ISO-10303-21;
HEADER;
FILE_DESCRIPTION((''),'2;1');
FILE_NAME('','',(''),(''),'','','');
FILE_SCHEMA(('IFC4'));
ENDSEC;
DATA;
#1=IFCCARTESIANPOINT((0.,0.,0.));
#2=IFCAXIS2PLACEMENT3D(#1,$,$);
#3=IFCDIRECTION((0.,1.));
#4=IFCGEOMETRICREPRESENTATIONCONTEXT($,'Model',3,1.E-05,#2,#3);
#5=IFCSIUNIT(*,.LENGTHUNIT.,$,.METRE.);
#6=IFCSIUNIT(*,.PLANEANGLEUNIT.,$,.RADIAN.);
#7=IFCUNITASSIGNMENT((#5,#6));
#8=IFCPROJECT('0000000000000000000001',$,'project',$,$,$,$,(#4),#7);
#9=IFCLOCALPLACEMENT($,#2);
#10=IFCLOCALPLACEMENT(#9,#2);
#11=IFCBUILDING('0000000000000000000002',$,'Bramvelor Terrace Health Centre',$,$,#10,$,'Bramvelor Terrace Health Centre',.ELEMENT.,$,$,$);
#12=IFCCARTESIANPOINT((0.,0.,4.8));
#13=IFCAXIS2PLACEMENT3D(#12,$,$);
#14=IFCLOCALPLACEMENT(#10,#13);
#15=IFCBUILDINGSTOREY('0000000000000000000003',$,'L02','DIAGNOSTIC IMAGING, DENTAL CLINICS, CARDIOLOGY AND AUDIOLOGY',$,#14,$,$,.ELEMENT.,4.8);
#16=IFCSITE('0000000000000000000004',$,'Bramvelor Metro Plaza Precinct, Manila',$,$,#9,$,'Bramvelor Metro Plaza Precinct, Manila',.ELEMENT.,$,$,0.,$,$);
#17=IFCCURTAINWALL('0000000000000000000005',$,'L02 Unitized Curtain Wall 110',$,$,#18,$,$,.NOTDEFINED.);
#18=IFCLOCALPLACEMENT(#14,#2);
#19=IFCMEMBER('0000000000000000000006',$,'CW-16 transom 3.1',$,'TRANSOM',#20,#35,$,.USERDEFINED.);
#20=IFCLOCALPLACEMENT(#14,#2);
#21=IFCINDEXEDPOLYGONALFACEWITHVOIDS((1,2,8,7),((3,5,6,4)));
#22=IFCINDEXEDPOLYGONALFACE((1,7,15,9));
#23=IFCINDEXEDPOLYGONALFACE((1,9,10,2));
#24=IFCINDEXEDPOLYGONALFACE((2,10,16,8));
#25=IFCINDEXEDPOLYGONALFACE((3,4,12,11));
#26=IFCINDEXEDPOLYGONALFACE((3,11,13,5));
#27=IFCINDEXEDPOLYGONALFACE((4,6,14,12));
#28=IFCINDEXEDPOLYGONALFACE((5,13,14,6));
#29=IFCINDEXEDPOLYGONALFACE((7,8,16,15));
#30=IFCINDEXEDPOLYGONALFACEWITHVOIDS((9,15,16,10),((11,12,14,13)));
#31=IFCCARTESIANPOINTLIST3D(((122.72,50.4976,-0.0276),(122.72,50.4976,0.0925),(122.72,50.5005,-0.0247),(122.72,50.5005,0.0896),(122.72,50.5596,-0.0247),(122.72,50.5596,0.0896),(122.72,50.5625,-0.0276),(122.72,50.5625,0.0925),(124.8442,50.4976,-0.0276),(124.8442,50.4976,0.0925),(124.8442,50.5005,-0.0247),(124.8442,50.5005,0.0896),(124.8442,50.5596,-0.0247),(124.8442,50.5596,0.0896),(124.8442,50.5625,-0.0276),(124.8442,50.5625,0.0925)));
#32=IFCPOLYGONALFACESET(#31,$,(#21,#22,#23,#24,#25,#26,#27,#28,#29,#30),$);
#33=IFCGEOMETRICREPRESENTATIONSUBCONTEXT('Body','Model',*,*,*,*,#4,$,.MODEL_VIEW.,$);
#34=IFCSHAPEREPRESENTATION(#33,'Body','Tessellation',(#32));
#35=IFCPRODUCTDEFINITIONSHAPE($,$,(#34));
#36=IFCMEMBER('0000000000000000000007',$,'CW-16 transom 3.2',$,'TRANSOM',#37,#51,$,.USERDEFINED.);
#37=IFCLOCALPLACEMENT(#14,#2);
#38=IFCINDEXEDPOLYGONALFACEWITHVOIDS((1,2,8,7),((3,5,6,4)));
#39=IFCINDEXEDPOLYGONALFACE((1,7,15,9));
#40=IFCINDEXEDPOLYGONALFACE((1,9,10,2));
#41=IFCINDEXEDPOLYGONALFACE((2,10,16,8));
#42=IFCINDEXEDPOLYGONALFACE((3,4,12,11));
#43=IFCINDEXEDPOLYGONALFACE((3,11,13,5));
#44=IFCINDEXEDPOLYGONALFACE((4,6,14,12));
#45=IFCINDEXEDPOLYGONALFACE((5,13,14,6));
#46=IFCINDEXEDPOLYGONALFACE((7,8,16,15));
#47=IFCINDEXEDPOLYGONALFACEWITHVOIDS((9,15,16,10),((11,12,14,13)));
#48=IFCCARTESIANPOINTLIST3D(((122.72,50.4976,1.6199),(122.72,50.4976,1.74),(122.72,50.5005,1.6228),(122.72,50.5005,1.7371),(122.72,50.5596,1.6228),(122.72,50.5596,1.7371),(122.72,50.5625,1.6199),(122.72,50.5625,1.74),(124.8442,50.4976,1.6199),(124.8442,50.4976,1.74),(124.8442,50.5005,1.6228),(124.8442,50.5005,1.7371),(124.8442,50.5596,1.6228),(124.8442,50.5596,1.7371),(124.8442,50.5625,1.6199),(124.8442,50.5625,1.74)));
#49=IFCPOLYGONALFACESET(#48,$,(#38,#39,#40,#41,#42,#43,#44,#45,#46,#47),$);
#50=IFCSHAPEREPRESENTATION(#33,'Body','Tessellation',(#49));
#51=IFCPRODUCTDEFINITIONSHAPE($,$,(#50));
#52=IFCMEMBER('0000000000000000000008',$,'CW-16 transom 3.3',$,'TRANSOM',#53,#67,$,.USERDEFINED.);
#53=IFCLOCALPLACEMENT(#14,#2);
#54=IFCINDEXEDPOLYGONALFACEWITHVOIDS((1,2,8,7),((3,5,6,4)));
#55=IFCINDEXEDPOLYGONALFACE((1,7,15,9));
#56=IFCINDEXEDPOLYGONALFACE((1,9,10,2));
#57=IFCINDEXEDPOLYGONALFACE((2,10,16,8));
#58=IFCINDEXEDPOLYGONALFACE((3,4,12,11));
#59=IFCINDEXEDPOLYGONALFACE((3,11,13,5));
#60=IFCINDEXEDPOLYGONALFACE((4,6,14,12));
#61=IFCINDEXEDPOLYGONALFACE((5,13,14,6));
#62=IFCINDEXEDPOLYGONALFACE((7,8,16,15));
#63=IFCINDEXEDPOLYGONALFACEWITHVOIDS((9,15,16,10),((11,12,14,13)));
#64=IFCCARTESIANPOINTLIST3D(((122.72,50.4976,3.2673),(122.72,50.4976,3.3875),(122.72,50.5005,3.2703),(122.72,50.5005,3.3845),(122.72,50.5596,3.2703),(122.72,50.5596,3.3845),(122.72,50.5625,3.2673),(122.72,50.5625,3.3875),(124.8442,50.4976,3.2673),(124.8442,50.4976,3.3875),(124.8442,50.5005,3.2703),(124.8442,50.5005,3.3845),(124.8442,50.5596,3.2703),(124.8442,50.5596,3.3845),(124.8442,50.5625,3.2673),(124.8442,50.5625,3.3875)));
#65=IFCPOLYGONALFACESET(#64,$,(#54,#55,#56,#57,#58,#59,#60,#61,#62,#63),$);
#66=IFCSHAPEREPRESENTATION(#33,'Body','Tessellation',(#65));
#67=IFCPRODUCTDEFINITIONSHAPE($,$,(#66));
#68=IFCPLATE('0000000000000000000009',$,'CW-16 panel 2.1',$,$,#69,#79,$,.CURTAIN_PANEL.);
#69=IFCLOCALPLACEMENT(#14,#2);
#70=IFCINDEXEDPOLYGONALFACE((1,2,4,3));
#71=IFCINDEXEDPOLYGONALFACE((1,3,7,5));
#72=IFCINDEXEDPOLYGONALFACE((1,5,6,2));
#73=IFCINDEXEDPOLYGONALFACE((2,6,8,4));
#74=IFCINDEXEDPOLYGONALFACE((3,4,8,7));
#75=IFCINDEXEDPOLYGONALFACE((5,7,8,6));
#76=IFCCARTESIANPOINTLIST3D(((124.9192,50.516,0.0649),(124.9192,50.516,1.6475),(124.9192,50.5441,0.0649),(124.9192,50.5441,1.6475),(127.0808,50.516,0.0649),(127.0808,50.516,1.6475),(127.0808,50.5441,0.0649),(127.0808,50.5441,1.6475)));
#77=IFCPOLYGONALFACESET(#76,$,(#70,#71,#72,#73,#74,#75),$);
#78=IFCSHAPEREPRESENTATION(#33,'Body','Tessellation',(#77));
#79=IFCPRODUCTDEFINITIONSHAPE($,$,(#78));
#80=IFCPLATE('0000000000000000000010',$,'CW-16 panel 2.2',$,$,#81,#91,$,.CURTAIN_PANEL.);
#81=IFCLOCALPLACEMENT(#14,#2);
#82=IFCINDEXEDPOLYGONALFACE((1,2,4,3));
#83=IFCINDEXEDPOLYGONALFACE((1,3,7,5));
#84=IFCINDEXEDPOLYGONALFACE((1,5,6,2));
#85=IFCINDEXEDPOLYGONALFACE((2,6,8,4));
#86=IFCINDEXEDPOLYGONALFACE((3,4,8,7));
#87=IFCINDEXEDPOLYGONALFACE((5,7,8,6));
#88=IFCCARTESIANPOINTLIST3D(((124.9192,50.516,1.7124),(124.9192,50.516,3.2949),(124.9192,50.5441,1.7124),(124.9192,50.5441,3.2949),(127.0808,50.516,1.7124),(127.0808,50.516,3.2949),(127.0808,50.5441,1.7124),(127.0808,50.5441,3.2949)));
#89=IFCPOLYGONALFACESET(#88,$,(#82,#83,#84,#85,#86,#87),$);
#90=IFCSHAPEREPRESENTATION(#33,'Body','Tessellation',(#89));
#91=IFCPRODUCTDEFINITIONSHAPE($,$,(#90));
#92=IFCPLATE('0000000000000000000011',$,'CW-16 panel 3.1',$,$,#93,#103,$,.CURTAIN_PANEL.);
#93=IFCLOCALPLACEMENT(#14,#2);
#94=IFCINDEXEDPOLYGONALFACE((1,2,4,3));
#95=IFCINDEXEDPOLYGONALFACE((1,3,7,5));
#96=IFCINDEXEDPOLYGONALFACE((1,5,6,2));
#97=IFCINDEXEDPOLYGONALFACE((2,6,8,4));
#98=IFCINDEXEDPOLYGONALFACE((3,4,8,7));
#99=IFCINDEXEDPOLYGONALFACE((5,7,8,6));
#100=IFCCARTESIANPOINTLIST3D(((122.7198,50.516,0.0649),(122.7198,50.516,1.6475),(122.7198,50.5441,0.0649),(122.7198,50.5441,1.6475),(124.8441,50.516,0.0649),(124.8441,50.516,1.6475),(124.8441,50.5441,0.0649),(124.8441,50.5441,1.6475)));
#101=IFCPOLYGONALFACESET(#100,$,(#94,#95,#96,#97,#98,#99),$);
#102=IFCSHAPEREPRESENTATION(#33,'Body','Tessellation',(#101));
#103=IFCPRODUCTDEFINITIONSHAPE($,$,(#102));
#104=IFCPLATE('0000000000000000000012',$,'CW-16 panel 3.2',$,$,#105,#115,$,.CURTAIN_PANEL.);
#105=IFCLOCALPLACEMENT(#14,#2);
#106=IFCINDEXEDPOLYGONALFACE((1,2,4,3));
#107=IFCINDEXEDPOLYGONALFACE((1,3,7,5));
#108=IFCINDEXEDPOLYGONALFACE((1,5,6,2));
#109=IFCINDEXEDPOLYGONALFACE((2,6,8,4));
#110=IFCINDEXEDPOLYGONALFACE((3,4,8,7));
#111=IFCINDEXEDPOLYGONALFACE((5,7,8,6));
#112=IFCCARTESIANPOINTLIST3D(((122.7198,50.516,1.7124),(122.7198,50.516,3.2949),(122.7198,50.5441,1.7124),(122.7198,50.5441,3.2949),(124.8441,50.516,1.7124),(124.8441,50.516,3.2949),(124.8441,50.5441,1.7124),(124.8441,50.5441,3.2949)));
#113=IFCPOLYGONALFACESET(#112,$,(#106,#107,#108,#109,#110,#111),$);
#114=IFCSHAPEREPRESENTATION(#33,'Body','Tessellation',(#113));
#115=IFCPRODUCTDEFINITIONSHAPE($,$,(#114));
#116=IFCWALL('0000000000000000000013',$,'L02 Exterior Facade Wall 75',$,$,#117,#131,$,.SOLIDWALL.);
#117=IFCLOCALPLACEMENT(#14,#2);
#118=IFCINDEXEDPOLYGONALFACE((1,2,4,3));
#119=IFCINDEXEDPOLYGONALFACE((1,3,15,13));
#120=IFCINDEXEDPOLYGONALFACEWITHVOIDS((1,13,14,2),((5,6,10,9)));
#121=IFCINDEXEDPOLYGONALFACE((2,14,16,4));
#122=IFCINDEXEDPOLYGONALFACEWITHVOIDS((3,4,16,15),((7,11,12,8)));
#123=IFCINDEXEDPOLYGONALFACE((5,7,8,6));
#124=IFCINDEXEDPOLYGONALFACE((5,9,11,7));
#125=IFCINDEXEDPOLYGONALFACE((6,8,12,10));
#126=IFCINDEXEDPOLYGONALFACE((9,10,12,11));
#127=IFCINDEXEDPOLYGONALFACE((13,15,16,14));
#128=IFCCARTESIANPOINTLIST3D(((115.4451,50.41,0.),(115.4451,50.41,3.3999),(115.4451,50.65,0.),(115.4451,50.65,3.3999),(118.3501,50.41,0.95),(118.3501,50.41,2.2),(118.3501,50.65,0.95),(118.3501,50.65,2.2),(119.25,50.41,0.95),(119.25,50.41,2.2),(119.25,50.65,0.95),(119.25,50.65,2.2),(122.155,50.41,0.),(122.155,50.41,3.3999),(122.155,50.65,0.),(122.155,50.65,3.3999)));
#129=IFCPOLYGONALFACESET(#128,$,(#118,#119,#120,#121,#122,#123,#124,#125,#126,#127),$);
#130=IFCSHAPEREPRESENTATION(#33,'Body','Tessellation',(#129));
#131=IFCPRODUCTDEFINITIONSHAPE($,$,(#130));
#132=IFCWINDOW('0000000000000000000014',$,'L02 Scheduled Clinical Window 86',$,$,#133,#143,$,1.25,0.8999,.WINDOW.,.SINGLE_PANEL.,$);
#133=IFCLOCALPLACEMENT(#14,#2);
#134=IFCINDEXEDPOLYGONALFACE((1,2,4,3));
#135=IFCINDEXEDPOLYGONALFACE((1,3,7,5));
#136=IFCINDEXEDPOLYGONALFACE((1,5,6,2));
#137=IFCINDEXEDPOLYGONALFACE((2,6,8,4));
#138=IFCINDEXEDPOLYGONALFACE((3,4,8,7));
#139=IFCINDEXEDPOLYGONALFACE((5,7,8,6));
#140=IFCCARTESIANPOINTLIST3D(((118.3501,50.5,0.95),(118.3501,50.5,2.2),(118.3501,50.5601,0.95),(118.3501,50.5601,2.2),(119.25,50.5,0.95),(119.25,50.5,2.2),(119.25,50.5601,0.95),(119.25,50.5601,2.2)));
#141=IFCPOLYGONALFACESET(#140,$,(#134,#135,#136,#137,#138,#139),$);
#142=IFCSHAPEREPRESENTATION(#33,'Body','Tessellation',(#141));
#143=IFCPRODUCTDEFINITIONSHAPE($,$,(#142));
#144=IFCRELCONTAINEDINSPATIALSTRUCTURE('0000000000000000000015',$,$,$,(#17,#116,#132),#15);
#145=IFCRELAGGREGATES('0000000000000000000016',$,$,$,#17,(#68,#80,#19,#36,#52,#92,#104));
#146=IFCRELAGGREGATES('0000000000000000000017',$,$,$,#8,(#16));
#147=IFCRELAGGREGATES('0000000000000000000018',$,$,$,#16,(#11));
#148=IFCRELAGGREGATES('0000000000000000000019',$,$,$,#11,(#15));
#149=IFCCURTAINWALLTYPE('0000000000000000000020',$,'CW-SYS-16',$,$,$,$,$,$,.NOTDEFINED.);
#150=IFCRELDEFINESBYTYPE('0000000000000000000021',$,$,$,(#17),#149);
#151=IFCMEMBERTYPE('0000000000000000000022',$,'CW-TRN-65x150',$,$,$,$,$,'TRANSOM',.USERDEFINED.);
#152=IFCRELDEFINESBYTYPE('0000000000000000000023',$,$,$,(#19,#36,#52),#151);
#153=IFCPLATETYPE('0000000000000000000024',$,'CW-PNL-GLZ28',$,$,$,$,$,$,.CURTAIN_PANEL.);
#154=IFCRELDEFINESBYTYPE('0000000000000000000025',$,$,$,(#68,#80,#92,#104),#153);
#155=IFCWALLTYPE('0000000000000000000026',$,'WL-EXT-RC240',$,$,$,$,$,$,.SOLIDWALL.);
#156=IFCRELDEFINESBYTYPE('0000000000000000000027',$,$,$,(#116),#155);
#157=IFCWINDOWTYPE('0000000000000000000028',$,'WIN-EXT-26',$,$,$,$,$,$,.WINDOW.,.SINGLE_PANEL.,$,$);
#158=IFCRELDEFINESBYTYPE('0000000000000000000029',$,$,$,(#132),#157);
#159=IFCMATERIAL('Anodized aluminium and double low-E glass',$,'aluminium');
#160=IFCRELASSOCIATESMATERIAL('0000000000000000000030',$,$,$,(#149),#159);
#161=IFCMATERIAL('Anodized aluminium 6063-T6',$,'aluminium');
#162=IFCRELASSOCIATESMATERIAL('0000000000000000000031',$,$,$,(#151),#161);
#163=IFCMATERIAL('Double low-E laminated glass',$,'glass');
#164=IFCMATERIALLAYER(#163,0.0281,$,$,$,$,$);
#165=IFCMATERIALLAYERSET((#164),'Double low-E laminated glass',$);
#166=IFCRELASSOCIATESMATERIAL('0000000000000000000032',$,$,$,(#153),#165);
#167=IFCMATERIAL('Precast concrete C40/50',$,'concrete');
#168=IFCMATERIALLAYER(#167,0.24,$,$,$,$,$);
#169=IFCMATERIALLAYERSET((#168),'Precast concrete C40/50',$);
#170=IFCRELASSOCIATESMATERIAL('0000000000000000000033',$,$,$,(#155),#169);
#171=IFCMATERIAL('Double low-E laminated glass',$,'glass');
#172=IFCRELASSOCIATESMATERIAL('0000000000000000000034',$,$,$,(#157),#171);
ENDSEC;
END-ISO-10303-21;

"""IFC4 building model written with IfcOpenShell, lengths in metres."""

from ifc_helpers import new_model, si_unit, direction, frame, frame_2d, origin, origin_2d, place, context, subcontext, project, spatial, rectangle, hollow_rectangle, extrude, material, layer, layer_set, material_profile, profile_set, type_object, element, fill, aggregate, save


model = new_model("IFC4")

# Units and contexts
model_context = context("Model", 3, precision=1e-05, world=origin(), true_north=direction((0.0, 1.0)))
body_context = subcontext(model_context, "Body", "Model", "MODEL_VIEW")
ifc_project = project(units=[si_unit("LENGTHUNIT", "METRE"), si_unit("PLANEANGLEUNIT", "RADIAN")], contexts=[model_context])

# Site, building, storey
site_placement = place(None, origin())
site = spatial("IfcSite", under=ifc_project, at=site_placement, Name="Bramvelor Metro Plaza Precinct, Manila", LongName="Bramvelor Metro Plaza Precinct, Manila", CompositionType="ELEMENT", RefElevation=0.0)
building_placement = place(site_placement, origin())
building = spatial("IfcBuilding", under=site, at=building_placement, Name="Bramvelor Terrace Health Centre", LongName="Bramvelor Terrace Health Centre", CompositionType="ELEMENT")
storey_placement = place(building_placement, frame((0.0, 0.0, 4.8)))
storey = spatial("IfcBuildingStorey", under=building, at=storey_placement, Name="L02", Description="DIAGNOSTIC IMAGING, DENTAL CLINICS, CARDIOLOGY AND AUDIOLOGY", CompositionType="ELEMENT", Elevation=4.8)

# Curtain wall, members, plates
ifc_material_1 = material(Name="Anodized aluminium and double low-E glass", Category="aluminium")
curtain_wall_type = type_object("IfcCurtainWallType", Name="CW-SYS-16", PredefinedType="NOTDEFINED", material=ifc_material_1)
curtain_wall_placement = place(storey_placement, origin())
curtain_wall = element("IfcCurtainWall", 1, at=curtain_wall_placement, inside=storey, type_object=curtain_wall_type, Name="L02 Unitized Curtain Wall 110", PredefinedType="NOTDEFINED")
ifc_material_2 = material(Name="Anodized aluminium 6063-T6", Category="aluminium")
ifc_material_profile_1 = material_profile(ifc_material_2, hollow_rectangle(XDim=0.0649, YDim=0.1201, WallThickness=0.0029, at=origin_2d()), Name="ALU-TRN 65x120x3.0")
ifc_profile_set_1 = profile_set([ifc_material_profile_1], Name="Anodized aluminium 6063-T6")
member_type_1 = type_object("IfcMemberType", Name="CW-TRN-65x150", ElementType="TRANSOM", PredefinedType="USERDEFINED", material=ifc_profile_set_1)
member_1_placement = place(storey_placement, frame((124.8442, 50.53, 0.0325), z_axis=(-1.0, 0.0, 0.0), x_axis=(0.0, -1.0, 0.0)))
member_1 = element("IfcMember", 2, at=member_1_placement, type_object=member_type_1, Name="CW-16 transom 3.1", ObjectType="TRANSOM", PredefinedType="USERDEFINED", context=body_context, shape_type="SweptSolid", body=[
    extrude(hollow_rectangle(XDim=0.0649, YDim=0.1201, WallThickness=0.0029, at=origin_2d()), origin(), (0.0, 0.0, 1.0), 2.1243),
])
member_2_placement = place(storey_placement, frame((124.8442, 50.53, 1.6799), z_axis=(-1.0, 0.0, 0.0), x_axis=(0.0, -1.0, 0.0)))
member_2 = element("IfcMember", 3, at=member_2_placement, type_object=member_type_1, Name="CW-16 transom 3.2", ObjectType="TRANSOM", PredefinedType="USERDEFINED", context=body_context, shape_type="SweptSolid", body=[
    extrude(hollow_rectangle(XDim=0.0649, YDim=0.1201, WallThickness=0.0029, at=origin_2d()), origin(), (0.0, 0.0, 1.0), 2.1243),
])
member_3_placement = place(storey_placement, frame((124.8442, 50.53, 3.3274), z_axis=(-1.0, 0.0, 0.0), x_axis=(0.0, -1.0, 0.0)))
member_3 = element("IfcMember", 4, at=member_3_placement, type_object=member_type_1, Name="CW-16 transom 3.3", ObjectType="TRANSOM", PredefinedType="USERDEFINED", context=body_context, shape_type="SweptSolid", body=[
    extrude(hollow_rectangle(XDim=0.0649, YDim=0.1201, WallThickness=0.0029, at=origin_2d()), origin(), (0.0, 0.0, 1.0), 2.1243),
])
ifc_material_3 = material(Name="Double low-E laminated glass", Category="glass")
ifc_layer_1 = layer(ifc_material_3, 0.0281)
ifc_layer_set_1 = layer_set([ifc_layer_1], Name="Double low-E laminated glass")
plate_type = type_object("IfcPlateType", Name="CW-PNL-GLZ28", PredefinedType="CURTAIN_PANEL", material=ifc_layer_set_1)
plate_1_placement = place(storey_placement, frame((126.0, 50.53, 0.0649), z_axis=(0.0, 0.0, 1.0), x_axis=(-1.0, 0.0, 0.0)))
plate_1 = element("IfcPlate", 5, at=plate_1_placement, type_object=plate_type, Name="CW-16 panel 2.1", PredefinedType="CURTAIN_PANEL", context=body_context, shape_type="SweptSolid", body=[
    extrude(rectangle(XDim=2.1616, YDim=0.0281, at=origin_2d()), origin(), (0.0, 0.0, 1.0), 1.5825),
])
plate_2_placement = place(storey_placement, frame((126.0, 50.53, 1.7124), z_axis=(0.0, 0.0, 1.0), x_axis=(-1.0, 0.0, 0.0)))
plate_2 = element("IfcPlate", 6, at=plate_2_placement, type_object=plate_type, Name="CW-16 panel 2.2", PredefinedType="CURTAIN_PANEL", context=body_context, shape_type="SweptSolid", body=[
    extrude(rectangle(XDim=2.1616, YDim=0.0281, at=origin_2d()), origin(), (0.0, 0.0, 1.0), 1.5825),
])
plate_3_placement = place(storey_placement, frame((123.782, 50.53, 0.0649), z_axis=(0.0, 0.0, 1.0), x_axis=(-1.0, 0.0, 0.0)))
plate_3 = element("IfcPlate", 7, at=plate_3_placement, type_object=plate_type, Name="CW-16 panel 3.1", PredefinedType="CURTAIN_PANEL", context=body_context, shape_type="SweptSolid", body=[
    extrude(rectangle(XDim=2.1243, YDim=0.0281, at=origin_2d()), origin(), (0.0, 0.0, 1.0), 1.5825),
])
plate_4_placement = place(storey_placement, frame((123.782, 50.53, 1.7124), z_axis=(0.0, 0.0, 1.0), x_axis=(-1.0, 0.0, 0.0)))
plate_4 = element("IfcPlate", 8, at=plate_4_placement, type_object=plate_type, Name="CW-16 panel 3.2", PredefinedType="CURTAIN_PANEL", context=body_context, shape_type="SweptSolid", body=[
    extrude(rectangle(XDim=2.1243, YDim=0.0281, at=origin_2d()), origin(), (0.0, 0.0, 1.0), 1.5825),
])
aggregate(curtain_wall, [plate_1, plate_2, member_1, member_2, member_3, plate_3, plate_4])

# Wall, opening, window
ifc_material_4 = material(Name="Precast concrete C40/50", Category="concrete")
ifc_layer_2 = layer(ifc_material_4, 0.24)
ifc_layer_set_2 = layer_set([ifc_layer_2], Name="Precast concrete C40/50")
wall_type = type_object("IfcWallType", Name="WL-EXT-RC240", PredefinedType="SOLIDWALL", material=ifc_layer_set_2)
wall_placement = place(storey_placement, frame((122.155, 50.53, 0.0), z_axis=(0.0, 0.0, 1.0), x_axis=(-1.0, 0.0, 0.0)))
wall = element("IfcWall", 9, at=wall_placement, inside=storey, type_object=wall_type, Name="L02 Exterior Facade Wall 75", PredefinedType="SOLIDWALL", context=body_context, shape_type="SweptSolid", body=[
    extrude(rectangle(XDim=6.71, YDim=0.24, at=frame_2d((3.355, 0.0))), origin(), (0.0, 0.0, 1.0), 3.3999),
])
opening_placement = place(wall_placement, frame((2.905, 0.0, 0.95)))
opening = element("IfcOpeningElement", 10, at=opening_placement, cuts=wall, PredefinedType="OPENING", context=body_context, shape_type="SweptSolid", body=[
    extrude(rectangle(XDim=0.8999, YDim=1.25, at=frame_2d((0.45, 0.625))), frame((0.0, 0.1299, 0.0), z_axis=(0.0, -1.0, 0.0), x_axis=(1.0, 0.0, 0.0)), (0.0, 0.0, 1.0), 0.26),
])
ifc_material_5 = material(Name="Double low-E laminated glass", Category="glass")
window_type = type_object("IfcWindowType", Name="WIN-EXT-26", PartitioningType="SINGLE_PANEL", PredefinedType="WINDOW", material=ifc_material_5)
window_placement = place(opening_placement, origin())
window = element("IfcWindow", 11, at=window_placement, inside=storey, type_object=window_type, Name="L02 Scheduled Clinical Window 86", OverallHeight=1.25, OverallWidth=0.8999, PartitioningType="SINGLE_PANEL", PredefinedType="WINDOW", context=body_context, shape_type="SweptSolid", body=[
    extrude(rectangle(XDim=0.8999, YDim=1.25, at=frame_2d((0.45, 0.625))), frame((0.0, 0.03, 0.0), z_axis=(0.0, -1.0, 0.0), x_axis=(1.0, 0.0, 0.0)), (0.0, 0.0, 1.0), 0.0601),
])
fill(opening, window)

save(model, "model.ifc")
